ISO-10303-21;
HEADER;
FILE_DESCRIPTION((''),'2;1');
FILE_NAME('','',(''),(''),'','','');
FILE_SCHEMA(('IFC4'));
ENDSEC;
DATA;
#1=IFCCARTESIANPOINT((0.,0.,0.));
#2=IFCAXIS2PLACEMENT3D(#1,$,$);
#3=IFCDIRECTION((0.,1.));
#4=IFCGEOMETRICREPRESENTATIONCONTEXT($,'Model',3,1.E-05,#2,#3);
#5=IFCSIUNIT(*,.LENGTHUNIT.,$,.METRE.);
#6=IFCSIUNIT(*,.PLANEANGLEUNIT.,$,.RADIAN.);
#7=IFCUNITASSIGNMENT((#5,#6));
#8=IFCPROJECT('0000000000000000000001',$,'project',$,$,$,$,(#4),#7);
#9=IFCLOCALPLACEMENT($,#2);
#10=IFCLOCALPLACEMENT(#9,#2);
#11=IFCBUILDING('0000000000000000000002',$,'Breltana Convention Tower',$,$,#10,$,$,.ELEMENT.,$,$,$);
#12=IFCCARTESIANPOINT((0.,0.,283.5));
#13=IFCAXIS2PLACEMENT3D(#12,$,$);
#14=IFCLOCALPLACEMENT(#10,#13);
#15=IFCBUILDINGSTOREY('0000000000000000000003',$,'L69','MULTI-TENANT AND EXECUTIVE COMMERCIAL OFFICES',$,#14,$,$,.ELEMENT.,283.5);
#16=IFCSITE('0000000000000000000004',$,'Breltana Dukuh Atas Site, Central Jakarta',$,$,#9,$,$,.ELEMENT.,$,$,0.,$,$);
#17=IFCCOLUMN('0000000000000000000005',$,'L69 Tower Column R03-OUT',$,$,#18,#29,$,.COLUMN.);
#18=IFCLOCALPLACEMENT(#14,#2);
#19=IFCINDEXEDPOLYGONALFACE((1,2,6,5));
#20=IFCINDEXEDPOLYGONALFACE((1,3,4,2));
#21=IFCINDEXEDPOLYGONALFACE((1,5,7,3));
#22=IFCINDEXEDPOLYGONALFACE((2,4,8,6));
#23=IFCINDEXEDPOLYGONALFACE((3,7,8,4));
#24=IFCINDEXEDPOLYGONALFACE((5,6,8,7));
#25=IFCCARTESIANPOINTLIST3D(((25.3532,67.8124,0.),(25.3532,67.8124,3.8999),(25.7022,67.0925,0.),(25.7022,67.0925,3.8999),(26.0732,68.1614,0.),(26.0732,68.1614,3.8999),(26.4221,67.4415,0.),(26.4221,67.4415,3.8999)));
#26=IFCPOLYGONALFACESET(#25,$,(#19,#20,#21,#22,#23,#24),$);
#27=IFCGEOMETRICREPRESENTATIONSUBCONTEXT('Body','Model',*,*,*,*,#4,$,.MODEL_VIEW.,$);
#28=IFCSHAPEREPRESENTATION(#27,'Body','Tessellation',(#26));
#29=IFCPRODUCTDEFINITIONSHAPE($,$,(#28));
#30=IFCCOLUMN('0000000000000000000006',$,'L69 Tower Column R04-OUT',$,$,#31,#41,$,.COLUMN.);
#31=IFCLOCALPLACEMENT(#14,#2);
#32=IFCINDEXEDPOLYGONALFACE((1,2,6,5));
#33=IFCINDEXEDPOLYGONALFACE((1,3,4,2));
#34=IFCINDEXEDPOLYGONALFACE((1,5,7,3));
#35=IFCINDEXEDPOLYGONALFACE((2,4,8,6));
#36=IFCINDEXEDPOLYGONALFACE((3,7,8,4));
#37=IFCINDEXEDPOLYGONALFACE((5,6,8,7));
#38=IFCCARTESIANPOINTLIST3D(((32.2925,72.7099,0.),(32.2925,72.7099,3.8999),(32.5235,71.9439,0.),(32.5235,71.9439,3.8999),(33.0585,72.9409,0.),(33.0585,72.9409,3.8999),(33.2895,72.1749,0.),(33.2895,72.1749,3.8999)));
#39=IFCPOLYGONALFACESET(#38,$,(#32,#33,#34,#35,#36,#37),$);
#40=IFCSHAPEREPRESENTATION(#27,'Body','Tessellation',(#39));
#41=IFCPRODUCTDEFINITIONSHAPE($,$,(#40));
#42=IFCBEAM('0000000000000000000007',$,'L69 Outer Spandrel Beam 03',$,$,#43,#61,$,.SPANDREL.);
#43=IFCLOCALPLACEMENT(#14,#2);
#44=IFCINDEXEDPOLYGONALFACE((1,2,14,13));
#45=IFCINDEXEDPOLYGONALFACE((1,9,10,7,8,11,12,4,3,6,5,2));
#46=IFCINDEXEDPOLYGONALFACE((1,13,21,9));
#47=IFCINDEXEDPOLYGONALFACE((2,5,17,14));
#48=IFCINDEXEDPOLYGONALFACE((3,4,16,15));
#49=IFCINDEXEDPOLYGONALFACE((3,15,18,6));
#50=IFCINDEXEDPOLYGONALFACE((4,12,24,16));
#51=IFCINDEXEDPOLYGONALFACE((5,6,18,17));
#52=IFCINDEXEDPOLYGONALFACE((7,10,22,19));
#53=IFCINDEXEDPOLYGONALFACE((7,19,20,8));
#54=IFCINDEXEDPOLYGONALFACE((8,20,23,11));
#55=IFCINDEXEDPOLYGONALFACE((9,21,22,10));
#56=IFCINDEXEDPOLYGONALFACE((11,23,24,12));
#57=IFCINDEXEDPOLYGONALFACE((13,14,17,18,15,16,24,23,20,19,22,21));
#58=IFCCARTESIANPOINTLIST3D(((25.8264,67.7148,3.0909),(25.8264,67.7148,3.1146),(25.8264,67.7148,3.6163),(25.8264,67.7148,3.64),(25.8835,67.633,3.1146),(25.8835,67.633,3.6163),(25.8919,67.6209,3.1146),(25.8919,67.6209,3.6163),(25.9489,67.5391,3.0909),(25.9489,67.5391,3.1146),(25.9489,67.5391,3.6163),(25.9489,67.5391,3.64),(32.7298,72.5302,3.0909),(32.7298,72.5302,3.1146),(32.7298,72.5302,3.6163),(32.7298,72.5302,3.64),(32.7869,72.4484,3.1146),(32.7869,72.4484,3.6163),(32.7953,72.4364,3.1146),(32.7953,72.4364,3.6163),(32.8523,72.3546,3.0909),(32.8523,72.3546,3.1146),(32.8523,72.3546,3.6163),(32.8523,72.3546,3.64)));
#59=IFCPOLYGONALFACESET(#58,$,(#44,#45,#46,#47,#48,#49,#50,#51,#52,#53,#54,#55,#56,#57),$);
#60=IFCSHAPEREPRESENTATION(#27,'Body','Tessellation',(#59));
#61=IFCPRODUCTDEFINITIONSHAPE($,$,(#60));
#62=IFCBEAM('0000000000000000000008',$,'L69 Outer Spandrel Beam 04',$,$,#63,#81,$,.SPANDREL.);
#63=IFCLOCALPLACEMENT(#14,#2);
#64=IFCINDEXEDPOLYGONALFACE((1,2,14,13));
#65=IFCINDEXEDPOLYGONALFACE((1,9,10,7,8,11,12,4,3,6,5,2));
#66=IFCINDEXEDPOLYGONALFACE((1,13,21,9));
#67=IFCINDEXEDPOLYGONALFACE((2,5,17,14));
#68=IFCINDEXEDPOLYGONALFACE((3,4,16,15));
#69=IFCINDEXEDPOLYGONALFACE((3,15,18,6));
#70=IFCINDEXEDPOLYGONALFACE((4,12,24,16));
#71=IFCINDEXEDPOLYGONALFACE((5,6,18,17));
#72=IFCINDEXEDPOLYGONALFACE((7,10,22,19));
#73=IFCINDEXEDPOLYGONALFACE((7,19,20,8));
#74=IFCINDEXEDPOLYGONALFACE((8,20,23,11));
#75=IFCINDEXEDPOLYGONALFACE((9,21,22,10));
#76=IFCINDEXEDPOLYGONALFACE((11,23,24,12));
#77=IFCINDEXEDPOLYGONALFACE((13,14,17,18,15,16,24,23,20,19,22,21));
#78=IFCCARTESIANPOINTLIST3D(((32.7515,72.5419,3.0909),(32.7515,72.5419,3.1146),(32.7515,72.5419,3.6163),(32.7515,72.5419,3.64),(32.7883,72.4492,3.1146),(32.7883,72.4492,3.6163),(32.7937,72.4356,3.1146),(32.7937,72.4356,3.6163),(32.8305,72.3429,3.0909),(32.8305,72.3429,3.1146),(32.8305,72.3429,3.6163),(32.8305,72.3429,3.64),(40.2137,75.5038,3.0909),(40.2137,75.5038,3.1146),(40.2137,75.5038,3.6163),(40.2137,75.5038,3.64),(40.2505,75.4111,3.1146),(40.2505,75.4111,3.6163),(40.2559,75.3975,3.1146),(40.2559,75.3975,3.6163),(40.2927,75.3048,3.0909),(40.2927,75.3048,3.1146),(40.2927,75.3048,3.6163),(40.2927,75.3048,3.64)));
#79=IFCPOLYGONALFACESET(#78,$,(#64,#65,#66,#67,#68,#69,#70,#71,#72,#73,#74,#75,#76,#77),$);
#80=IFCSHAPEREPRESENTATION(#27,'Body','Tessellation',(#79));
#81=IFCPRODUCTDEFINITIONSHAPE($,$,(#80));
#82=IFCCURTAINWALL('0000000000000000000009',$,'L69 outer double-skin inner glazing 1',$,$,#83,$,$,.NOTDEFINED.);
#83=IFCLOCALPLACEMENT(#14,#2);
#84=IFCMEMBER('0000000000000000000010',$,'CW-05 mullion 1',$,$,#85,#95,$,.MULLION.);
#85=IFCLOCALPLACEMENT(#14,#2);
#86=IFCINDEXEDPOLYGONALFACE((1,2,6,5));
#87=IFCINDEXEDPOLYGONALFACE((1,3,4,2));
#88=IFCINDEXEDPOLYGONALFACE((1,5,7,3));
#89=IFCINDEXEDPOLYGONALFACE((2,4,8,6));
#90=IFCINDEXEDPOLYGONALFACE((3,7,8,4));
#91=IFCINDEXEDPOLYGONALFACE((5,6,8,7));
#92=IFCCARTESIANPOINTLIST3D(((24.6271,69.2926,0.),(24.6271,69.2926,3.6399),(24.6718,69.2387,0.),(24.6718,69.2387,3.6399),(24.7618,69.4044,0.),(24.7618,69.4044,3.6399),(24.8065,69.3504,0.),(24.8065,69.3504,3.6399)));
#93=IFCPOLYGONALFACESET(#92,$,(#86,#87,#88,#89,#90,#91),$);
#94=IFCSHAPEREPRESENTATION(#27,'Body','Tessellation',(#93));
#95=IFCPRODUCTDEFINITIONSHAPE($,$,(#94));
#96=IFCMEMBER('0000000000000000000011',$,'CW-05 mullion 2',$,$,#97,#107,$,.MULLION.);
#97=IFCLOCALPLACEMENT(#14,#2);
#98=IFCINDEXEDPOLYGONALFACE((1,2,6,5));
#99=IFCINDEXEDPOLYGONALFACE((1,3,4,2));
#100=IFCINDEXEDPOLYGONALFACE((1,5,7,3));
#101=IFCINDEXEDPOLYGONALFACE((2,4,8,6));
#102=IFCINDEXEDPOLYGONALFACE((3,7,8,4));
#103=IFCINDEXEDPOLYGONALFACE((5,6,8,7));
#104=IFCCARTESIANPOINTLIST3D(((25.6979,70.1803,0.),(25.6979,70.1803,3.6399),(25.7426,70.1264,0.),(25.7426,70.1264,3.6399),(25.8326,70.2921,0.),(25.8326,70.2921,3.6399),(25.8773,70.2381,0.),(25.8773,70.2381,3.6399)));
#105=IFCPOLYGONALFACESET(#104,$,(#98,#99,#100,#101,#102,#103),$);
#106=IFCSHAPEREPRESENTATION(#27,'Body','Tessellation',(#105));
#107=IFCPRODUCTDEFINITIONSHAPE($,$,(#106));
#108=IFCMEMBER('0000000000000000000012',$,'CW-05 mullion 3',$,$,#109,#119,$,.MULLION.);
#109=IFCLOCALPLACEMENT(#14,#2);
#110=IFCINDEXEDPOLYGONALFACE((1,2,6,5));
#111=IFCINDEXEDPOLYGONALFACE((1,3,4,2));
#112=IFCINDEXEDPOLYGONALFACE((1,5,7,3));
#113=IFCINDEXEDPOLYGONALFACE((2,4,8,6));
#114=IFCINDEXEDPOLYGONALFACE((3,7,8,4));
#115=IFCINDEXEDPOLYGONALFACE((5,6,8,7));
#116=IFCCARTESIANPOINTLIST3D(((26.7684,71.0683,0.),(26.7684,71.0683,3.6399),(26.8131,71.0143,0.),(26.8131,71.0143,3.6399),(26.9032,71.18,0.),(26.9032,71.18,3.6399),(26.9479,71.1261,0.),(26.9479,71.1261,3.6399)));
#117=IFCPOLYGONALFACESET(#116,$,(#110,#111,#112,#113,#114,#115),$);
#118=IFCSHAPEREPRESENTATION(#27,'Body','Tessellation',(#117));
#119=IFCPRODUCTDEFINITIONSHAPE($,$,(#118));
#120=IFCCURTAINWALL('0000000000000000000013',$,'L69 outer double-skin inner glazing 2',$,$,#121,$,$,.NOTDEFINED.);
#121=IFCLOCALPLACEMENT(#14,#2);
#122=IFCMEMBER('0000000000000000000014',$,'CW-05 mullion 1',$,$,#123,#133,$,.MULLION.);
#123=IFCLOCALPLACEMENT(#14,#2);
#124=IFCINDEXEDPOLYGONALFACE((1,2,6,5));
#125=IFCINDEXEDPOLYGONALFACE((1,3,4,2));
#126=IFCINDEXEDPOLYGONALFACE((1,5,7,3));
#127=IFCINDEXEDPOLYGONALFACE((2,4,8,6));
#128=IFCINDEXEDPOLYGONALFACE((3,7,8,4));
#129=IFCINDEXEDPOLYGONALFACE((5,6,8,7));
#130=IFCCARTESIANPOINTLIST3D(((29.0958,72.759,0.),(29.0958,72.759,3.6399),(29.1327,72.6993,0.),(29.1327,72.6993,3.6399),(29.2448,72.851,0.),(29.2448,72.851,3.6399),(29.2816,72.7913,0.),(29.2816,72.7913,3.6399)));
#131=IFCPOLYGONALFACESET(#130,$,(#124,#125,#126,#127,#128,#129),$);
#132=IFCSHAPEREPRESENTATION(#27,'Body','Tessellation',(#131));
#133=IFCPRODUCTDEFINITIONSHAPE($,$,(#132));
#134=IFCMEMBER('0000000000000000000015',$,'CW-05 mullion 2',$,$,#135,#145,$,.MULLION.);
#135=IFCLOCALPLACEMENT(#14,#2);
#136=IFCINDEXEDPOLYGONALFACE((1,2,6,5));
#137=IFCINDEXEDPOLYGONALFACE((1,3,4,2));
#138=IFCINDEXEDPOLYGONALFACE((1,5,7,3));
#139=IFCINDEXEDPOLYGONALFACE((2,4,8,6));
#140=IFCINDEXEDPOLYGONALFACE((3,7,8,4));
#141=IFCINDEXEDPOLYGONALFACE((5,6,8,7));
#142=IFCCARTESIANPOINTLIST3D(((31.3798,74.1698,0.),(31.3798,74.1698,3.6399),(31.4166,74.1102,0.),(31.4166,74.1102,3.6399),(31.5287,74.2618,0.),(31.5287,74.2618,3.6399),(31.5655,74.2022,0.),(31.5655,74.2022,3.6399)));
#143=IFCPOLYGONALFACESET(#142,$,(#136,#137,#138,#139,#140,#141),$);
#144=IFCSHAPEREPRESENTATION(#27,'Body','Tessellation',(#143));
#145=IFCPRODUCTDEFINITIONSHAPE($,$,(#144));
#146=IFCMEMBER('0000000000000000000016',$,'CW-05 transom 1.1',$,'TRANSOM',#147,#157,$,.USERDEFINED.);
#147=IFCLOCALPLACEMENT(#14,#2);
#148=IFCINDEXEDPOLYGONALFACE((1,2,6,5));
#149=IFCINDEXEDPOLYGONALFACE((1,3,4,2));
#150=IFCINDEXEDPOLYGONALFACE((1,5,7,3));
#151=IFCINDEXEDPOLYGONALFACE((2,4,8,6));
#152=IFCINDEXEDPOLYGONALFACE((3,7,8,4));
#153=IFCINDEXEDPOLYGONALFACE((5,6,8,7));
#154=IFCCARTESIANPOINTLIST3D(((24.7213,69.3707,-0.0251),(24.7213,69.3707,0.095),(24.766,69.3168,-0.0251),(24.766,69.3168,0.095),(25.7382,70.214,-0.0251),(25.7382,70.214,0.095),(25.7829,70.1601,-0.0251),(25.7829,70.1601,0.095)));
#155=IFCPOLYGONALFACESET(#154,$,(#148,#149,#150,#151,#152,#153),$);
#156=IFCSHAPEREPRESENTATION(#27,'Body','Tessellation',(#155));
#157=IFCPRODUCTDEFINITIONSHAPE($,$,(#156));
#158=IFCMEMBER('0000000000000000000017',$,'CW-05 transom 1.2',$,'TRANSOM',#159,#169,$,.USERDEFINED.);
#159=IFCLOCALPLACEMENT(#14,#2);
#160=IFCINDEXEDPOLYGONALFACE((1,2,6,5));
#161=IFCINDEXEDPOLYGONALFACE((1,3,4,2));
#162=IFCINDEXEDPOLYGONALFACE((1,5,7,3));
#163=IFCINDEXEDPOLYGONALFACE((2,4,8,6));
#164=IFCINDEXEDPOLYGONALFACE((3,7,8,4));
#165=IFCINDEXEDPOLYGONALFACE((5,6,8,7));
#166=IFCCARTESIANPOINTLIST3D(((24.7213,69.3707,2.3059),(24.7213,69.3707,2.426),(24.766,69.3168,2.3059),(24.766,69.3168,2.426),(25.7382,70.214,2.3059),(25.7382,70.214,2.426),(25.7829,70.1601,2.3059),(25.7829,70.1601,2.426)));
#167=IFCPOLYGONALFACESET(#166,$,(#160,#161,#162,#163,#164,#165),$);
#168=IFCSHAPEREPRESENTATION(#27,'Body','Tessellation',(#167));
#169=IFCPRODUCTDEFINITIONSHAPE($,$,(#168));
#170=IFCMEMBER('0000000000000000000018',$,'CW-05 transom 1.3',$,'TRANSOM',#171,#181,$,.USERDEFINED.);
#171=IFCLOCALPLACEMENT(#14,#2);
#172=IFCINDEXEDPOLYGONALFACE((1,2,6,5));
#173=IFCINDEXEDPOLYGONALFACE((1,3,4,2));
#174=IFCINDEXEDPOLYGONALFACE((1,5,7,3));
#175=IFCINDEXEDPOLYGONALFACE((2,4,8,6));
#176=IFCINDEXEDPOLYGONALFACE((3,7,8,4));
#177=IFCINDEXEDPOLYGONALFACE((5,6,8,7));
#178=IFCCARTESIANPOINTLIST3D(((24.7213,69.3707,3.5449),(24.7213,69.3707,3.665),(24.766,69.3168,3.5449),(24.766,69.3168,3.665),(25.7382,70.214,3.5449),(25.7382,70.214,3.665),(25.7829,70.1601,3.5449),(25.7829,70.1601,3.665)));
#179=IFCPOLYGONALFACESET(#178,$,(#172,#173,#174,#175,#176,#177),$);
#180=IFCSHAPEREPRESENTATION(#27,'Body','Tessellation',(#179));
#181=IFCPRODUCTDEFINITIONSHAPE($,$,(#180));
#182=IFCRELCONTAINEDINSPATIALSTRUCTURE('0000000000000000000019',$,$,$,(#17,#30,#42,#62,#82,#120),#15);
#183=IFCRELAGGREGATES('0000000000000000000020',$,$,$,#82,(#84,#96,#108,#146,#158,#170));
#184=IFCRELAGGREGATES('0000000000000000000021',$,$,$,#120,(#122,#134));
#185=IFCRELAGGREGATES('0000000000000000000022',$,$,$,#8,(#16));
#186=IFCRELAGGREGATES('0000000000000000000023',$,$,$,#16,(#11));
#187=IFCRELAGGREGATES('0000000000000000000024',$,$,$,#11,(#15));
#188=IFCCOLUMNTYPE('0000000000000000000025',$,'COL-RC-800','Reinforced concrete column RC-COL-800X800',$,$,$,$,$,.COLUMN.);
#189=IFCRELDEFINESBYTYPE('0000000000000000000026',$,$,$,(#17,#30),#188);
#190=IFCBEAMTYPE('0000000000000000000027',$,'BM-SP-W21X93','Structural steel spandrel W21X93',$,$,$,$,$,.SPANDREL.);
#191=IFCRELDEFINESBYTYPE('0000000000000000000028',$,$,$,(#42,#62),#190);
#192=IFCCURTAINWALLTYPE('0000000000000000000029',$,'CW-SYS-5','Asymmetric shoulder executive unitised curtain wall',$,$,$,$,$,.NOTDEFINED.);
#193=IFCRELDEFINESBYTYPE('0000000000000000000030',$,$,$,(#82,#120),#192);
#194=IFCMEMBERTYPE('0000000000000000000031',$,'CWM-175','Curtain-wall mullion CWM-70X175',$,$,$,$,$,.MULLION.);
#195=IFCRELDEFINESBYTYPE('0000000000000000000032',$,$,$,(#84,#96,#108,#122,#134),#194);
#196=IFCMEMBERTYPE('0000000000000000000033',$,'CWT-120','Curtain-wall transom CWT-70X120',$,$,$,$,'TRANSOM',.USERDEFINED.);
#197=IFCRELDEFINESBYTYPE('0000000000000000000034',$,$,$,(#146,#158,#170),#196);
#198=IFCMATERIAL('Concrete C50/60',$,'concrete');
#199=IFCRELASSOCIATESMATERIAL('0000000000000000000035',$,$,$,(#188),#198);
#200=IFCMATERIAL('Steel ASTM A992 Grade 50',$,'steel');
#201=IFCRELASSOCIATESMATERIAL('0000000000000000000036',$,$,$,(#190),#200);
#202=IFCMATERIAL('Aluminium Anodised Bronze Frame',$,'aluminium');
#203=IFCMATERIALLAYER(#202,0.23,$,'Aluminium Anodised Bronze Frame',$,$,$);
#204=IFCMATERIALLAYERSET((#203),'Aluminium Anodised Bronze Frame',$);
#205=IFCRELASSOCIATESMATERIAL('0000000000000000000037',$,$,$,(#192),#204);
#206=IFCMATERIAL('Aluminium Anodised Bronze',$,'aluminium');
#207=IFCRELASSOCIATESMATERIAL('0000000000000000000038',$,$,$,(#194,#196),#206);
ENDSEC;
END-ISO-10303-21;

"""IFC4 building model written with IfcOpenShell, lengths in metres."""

from ifc_helpers import new_model, si_unit, direction, frame, origin, origin_2d, place, context, subcontext, project, spatial, rectangle, i_section, extrude, source, transform, mapped, material, layer, layer_set, material_profile, profile_set, type_object, element, aggregate, save


model = new_model("IFC4")

# Units and contexts
model_context = context("Model", 3, precision=1e-05, world=origin(), true_north=direction((0.0, 1.0)))
body_context = subcontext(model_context, "Body", "Model", "MODEL_VIEW")
ifc_project = project(units=[si_unit("LENGTHUNIT", "METRE"), si_unit("PLANEANGLEUNIT", "RADIAN")], contexts=[model_context])

# Site, building, storey
site_placement = place(None, origin())
site = spatial("IfcSite", under=ifc_project, at=site_placement, Name="Breltana Dukuh Atas Site, Central Jakarta", CompositionType="ELEMENT", RefElevation=0.0)
building_placement = place(site_placement, origin())
building = spatial("IfcBuilding", under=site, at=building_placement, Name="Breltana Convention Tower", CompositionType="ELEMENT")
storey_placement = place(building_placement, frame((0.0, 0.0, 283.5)))
storey = spatial("IfcBuildingStorey", under=building, at=storey_placement, Name="L69", Description="MULTI-TENANT AND EXECUTIVE COMMERCIAL OFFICES", CompositionType="ELEMENT", Elevation=283.5)

# Columns
ifc_material_1 = material(Name="Concrete C50/60", Category="concrete")
ifc_material_profile_1 = material_profile(ifc_material_1, rectangle(XDim=0.8, YDim=0.8, at=origin_2d()), Name="RC-COL-800X800")
ifc_profile_set_1 = profile_set([ifc_material_profile_1], Name="Concrete C50/60")
column_type = type_object("IfcColumnType", Name="COL-RC-800", Description="Reinforced concrete column RC-COL-800X800", PredefinedType="COLUMN", material=ifc_profile_set_1)
shared_shape_1 = source(origin(), body_context, "Body", "SweptSolid", [
    extrude(rectangle(XDim=0.8, YDim=0.8, at=origin_2d()), origin(), (0.0, 0.0, 1.0), 3.8999),
])
for number, where, z_axis, x_axis, name in (
    (1, (25.8877, 67.627, 0.0), (0.0, 0.0, 1.0), (-0.436174, 0.899863, 0.0), "L69 Tower Column R03-OUT"),
    (2, (32.791, 72.4424, 0.0), (0.0, 0.0, 1.0), (-0.288698, 0.95742, 0.0), "L69 Tower Column R04-OUT"),
):
    element("IfcColumn", number, at=place(storey_placement, frame(where, z_axis=z_axis, x_axis=x_axis)), inside=storey, type_object=column_type, Name=name, PredefinedType="COLUMN", context=body_context, shape_type="MappedRepresentation", body=[
        mapped(shared_shape_1, transform((0.0, 0.0, 0.0), scale=1.0)),
    ])

# Beams
ifc_material_2 = material(Name="Steel ASTM A992 Grade 50", Category="steel")
ifc_material_profile_2 = material_profile(ifc_material_2, i_section(OverallWidth=0.2141, OverallDepth=0.5491, WebThickness=0.0146, FlangeThickness=0.0237, at=origin_2d()), Name="W21X93")
ifc_profile_set_2 = profile_set([ifc_material_profile_2], Name="Steel ASTM A992 Grade 50")
beam_type = type_object("IfcBeamType", Name="BM-SP-W21X93", Description="Structural steel spandrel W21X93", PredefinedType="SPANDREL", material=ifc_profile_set_2)
shared_shape_2 = source(origin(), body_context, "Body", "SweptSolid", [
    extrude(i_section(OverallWidth=0.2141, OverallDepth=0.5491, WebThickness=0.0146, FlangeThickness=0.0237, at=origin_2d()), origin(), (0.0, 0.0, 1.0), 8.417),
])
beam_1_placement = place(storey_placement, frame((25.8877, 67.627, 3.3655), z_axis=(0.820174, 0.572114, 0.0), x_axis=(-0.572114, 0.820174, 0.0)))
element("IfcBeam", 3, at=beam_1_placement, inside=storey, type_object=beam_type, Name="L69 Outer Spandrel Beam 03", PredefinedType="SPANDREL", context=body_context, shape_type="MappedRepresentation", body=[
    mapped(shared_shape_2, transform((0.0, 0.0, 0.0), scale=1.0)),
])
shared_shape_3 = source(origin(), body_context, "Body", "SweptSolid", [
    extrude(i_section(OverallWidth=0.2141, OverallDepth=0.5491, WebThickness=0.0146, FlangeThickness=0.0237, at=origin_2d()), origin(), (0.0, 0.0, 1.0), 8.0286),
])
beam_2_placement = place(storey_placement, frame((32.791, 72.4424, 3.3655), z_axis=(0.929459, 0.368925, 0.0), x_axis=(-0.368925, 0.929459, 0.0)))
element("IfcBeam", 4, at=beam_2_placement, inside=storey, type_object=beam_type, Name="L69 Outer Spandrel Beam 04", PredefinedType="SPANDREL", context=body_context, shape_type="MappedRepresentation", body=[
    mapped(shared_shape_3, transform((0.0, 0.0, 0.0), scale=1.0)),
])

# Curtain walls, members
ifc_material_3 = material(Name="Aluminium Anodised Bronze Frame", Category="aluminium")
ifc_layer_1 = layer(ifc_material_3, 0.23, Name="Aluminium Anodised Bronze Frame")
ifc_layer_set_1 = layer_set([ifc_layer_1], Name="Aluminium Anodised Bronze Frame")
curtain_wall_type = type_object("IfcCurtainWallType", Name="CW-SYS-5", Description="Asymmetric shoulder executive unitised curtain wall", PredefinedType="NOTDEFINED", material=ifc_layer_set_1)
curtain_wall_1_placement = place(storey_placement, origin())
curtain_wall_1 = element("IfcCurtainWall", 5, at=curtain_wall_1_placement, inside=storey, type_object=curtain_wall_type, Name="L69 outer double-skin inner glazing 1", PredefinedType="NOTDEFINED")
ifc_material_4 = material(Name="Aluminium Anodised Bronze", Category="aluminium")
ifc_material_profile_3 = material_profile(ifc_material_4, rectangle(XDim=0.0701, YDim=0.175, at=origin_2d()), Name="CWM-70X175")
ifc_profile_set_3 = profile_set([ifc_material_profile_3], Name="Aluminium Anodised Bronze")
member_type_1 = type_object("IfcMemberType", Name="CWM-175", Description="Curtain-wall mullion CWM-70X175", PredefinedType="MULLION", material=ifc_profile_set_3)
shared_shape_4 = source(origin(), body_context, "Body", "SweptSolid", [
    extrude(rectangle(XDim=0.0701, YDim=0.175, at=origin_2d()), origin(), (0.0, 0.0, 1.0), 3.6399),
])
member_1_placement = place(storey_placement, frame((24.7168, 69.3215, 0.0), z_axis=(0.0, 0.0, 1.0), x_axis=(-0.63832, 0.769771, 0.0)))
member_1 = element("IfcMember", 6, at=member_1_placement, type_object=member_type_1, Name="CW-05 mullion 1", PredefinedType="MULLION", context=body_context, shape_type="MappedRepresentation", body=[
    mapped(shared_shape_4, transform((0.0, 0.0, 0.0), scale=1.0)),
])
member_2_placement = place(storey_placement, frame((25.7876, 70.2092, 0.0), z_axis=(0.0, 0.0, 1.0), x_axis=(-0.63832, 0.769771, 0.0)))
member_2 = element("IfcMember", 7, at=member_2_placement, type_object=member_type_1, Name="CW-05 mullion 2", PredefinedType="MULLION", context=body_context, shape_type="MappedRepresentation", body=[
    mapped(shared_shape_4, transform((0.0, 0.0, 0.0), scale=1.0)),
])
member_3_placement = place(storey_placement, frame((26.8582, 71.0972, 0.0), z_axis=(0.0, 0.0, 1.0), x_axis=(-0.63832, 0.769771, 0.0)))
member_3 = element("IfcMember", 8, at=member_3_placement, type_object=member_type_1, Name="CW-05 mullion 3", PredefinedType="MULLION", context=body_context, shape_type="MappedRepresentation", body=[
    mapped(shared_shape_4, transform((0.0, 0.0, 0.0), scale=1.0)),
])
curtain_wall_2_placement = place(storey_placement, origin())
curtain_wall_2 = element("IfcCurtainWall", 9, at=curtain_wall_2_placement, inside=storey, type_object=curtain_wall_type, Name="L69 outer double-skin inner glazing 2", PredefinedType="NOTDEFINED")
member_4_placement = place(storey_placement, frame((29.1887, 72.7751, 0.0), z_axis=(0.0, 0.0, 1.0), x_axis=(-0.525541, 0.850768, 0.0)))
member_4 = element("IfcMember", 10, at=member_4_placement, type_object=member_type_1, Name="CW-05 mullion 1", PredefinedType="MULLION", context=body_context, shape_type="MappedRepresentation", body=[
    mapped(shared_shape_4, transform((0.0, 0.0, 0.0), scale=1.0)),
])
member_5_placement = place(storey_placement, frame((31.4727, 74.186, 0.0), z_axis=(0.0, 0.0, 1.0), x_axis=(-0.525541, 0.850768, 0.0)))
member_5 = element("IfcMember", 11, at=member_5_placement, type_object=member_type_1, Name="CW-05 mullion 2", PredefinedType="MULLION", context=body_context, shape_type="MappedRepresentation", body=[
    mapped(shared_shape_4, transform((0.0, 0.0, 0.0), scale=1.0)),
])

# Members
ifc_material_profile_4 = material_profile(ifc_material_4, rectangle(XDim=0.0701, YDim=0.1201, at=origin_2d()), Name="CWT-70X120")
ifc_profile_set_4 = profile_set([ifc_material_profile_4], Name="Aluminium Anodised Bronze")
member_type_2 = type_object("IfcMemberType", Name="CWT-120", Description="Curtain-wall transom CWT-70X120", ElementType="TRANSOM", PredefinedType="USERDEFINED", material=ifc_profile_set_4)
shared_shape_5 = source(origin(), body_context, "Body", "SweptSolid", [
    extrude(rectangle(XDim=0.0701, YDim=0.1201, at=origin_2d()), origin(), (0.0, 0.0, 1.0), 1.321),
])
member_6_placement = place(storey_placement, frame((24.7437, 69.3438, 0.0349), z_axis=(0.769749, 0.638347, 0.0), x_axis=(-0.638347, 0.769749, 0.0)))
member_6 = element("IfcMember", 12, at=member_6_placement, type_object=member_type_2, Name="CW-05 transom 1.1", ObjectType="TRANSOM", PredefinedType="USERDEFINED", context=body_context, shape_type="MappedRepresentation", body=[
    mapped(shared_shape_5, transform((0.0, 0.0, 0.0), scale=1.0)),
])
member_7_placement = place(storey_placement, frame((24.7437, 69.3438, 2.366), z_axis=(0.769749, 0.638347, 0.0), x_axis=(-0.638347, 0.769749, 0.0)))
member_7 = element("IfcMember", 13, at=member_7_placement, type_object=member_type_2, Name="CW-05 transom 1.2", ObjectType="TRANSOM", PredefinedType="USERDEFINED", context=body_context, shape_type="MappedRepresentation", body=[
    mapped(shared_shape_5, transform((0.0, 0.0, 0.0), scale=1.0)),
])
member_8_placement = place(storey_placement, frame((24.7437, 69.3438, 3.605), z_axis=(0.769749, 0.638347, 0.0), x_axis=(-0.638347, 0.769749, 0.0)))
member_8 = element("IfcMember", 14, at=member_8_placement, type_object=member_type_2, Name="CW-05 transom 1.3", ObjectType="TRANSOM", PredefinedType="USERDEFINED", context=body_context, shape_type="MappedRepresentation", body=[
    mapped(shared_shape_5, transform((0.0, 0.0, 0.0), scale=1.0)),
])

aggregate(curtain_wall_1, [member_1, member_2, member_3, member_6, member_7, member_8])
aggregate(curtain_wall_2, [member_4, member_5])

save(model, "model.ifc")
